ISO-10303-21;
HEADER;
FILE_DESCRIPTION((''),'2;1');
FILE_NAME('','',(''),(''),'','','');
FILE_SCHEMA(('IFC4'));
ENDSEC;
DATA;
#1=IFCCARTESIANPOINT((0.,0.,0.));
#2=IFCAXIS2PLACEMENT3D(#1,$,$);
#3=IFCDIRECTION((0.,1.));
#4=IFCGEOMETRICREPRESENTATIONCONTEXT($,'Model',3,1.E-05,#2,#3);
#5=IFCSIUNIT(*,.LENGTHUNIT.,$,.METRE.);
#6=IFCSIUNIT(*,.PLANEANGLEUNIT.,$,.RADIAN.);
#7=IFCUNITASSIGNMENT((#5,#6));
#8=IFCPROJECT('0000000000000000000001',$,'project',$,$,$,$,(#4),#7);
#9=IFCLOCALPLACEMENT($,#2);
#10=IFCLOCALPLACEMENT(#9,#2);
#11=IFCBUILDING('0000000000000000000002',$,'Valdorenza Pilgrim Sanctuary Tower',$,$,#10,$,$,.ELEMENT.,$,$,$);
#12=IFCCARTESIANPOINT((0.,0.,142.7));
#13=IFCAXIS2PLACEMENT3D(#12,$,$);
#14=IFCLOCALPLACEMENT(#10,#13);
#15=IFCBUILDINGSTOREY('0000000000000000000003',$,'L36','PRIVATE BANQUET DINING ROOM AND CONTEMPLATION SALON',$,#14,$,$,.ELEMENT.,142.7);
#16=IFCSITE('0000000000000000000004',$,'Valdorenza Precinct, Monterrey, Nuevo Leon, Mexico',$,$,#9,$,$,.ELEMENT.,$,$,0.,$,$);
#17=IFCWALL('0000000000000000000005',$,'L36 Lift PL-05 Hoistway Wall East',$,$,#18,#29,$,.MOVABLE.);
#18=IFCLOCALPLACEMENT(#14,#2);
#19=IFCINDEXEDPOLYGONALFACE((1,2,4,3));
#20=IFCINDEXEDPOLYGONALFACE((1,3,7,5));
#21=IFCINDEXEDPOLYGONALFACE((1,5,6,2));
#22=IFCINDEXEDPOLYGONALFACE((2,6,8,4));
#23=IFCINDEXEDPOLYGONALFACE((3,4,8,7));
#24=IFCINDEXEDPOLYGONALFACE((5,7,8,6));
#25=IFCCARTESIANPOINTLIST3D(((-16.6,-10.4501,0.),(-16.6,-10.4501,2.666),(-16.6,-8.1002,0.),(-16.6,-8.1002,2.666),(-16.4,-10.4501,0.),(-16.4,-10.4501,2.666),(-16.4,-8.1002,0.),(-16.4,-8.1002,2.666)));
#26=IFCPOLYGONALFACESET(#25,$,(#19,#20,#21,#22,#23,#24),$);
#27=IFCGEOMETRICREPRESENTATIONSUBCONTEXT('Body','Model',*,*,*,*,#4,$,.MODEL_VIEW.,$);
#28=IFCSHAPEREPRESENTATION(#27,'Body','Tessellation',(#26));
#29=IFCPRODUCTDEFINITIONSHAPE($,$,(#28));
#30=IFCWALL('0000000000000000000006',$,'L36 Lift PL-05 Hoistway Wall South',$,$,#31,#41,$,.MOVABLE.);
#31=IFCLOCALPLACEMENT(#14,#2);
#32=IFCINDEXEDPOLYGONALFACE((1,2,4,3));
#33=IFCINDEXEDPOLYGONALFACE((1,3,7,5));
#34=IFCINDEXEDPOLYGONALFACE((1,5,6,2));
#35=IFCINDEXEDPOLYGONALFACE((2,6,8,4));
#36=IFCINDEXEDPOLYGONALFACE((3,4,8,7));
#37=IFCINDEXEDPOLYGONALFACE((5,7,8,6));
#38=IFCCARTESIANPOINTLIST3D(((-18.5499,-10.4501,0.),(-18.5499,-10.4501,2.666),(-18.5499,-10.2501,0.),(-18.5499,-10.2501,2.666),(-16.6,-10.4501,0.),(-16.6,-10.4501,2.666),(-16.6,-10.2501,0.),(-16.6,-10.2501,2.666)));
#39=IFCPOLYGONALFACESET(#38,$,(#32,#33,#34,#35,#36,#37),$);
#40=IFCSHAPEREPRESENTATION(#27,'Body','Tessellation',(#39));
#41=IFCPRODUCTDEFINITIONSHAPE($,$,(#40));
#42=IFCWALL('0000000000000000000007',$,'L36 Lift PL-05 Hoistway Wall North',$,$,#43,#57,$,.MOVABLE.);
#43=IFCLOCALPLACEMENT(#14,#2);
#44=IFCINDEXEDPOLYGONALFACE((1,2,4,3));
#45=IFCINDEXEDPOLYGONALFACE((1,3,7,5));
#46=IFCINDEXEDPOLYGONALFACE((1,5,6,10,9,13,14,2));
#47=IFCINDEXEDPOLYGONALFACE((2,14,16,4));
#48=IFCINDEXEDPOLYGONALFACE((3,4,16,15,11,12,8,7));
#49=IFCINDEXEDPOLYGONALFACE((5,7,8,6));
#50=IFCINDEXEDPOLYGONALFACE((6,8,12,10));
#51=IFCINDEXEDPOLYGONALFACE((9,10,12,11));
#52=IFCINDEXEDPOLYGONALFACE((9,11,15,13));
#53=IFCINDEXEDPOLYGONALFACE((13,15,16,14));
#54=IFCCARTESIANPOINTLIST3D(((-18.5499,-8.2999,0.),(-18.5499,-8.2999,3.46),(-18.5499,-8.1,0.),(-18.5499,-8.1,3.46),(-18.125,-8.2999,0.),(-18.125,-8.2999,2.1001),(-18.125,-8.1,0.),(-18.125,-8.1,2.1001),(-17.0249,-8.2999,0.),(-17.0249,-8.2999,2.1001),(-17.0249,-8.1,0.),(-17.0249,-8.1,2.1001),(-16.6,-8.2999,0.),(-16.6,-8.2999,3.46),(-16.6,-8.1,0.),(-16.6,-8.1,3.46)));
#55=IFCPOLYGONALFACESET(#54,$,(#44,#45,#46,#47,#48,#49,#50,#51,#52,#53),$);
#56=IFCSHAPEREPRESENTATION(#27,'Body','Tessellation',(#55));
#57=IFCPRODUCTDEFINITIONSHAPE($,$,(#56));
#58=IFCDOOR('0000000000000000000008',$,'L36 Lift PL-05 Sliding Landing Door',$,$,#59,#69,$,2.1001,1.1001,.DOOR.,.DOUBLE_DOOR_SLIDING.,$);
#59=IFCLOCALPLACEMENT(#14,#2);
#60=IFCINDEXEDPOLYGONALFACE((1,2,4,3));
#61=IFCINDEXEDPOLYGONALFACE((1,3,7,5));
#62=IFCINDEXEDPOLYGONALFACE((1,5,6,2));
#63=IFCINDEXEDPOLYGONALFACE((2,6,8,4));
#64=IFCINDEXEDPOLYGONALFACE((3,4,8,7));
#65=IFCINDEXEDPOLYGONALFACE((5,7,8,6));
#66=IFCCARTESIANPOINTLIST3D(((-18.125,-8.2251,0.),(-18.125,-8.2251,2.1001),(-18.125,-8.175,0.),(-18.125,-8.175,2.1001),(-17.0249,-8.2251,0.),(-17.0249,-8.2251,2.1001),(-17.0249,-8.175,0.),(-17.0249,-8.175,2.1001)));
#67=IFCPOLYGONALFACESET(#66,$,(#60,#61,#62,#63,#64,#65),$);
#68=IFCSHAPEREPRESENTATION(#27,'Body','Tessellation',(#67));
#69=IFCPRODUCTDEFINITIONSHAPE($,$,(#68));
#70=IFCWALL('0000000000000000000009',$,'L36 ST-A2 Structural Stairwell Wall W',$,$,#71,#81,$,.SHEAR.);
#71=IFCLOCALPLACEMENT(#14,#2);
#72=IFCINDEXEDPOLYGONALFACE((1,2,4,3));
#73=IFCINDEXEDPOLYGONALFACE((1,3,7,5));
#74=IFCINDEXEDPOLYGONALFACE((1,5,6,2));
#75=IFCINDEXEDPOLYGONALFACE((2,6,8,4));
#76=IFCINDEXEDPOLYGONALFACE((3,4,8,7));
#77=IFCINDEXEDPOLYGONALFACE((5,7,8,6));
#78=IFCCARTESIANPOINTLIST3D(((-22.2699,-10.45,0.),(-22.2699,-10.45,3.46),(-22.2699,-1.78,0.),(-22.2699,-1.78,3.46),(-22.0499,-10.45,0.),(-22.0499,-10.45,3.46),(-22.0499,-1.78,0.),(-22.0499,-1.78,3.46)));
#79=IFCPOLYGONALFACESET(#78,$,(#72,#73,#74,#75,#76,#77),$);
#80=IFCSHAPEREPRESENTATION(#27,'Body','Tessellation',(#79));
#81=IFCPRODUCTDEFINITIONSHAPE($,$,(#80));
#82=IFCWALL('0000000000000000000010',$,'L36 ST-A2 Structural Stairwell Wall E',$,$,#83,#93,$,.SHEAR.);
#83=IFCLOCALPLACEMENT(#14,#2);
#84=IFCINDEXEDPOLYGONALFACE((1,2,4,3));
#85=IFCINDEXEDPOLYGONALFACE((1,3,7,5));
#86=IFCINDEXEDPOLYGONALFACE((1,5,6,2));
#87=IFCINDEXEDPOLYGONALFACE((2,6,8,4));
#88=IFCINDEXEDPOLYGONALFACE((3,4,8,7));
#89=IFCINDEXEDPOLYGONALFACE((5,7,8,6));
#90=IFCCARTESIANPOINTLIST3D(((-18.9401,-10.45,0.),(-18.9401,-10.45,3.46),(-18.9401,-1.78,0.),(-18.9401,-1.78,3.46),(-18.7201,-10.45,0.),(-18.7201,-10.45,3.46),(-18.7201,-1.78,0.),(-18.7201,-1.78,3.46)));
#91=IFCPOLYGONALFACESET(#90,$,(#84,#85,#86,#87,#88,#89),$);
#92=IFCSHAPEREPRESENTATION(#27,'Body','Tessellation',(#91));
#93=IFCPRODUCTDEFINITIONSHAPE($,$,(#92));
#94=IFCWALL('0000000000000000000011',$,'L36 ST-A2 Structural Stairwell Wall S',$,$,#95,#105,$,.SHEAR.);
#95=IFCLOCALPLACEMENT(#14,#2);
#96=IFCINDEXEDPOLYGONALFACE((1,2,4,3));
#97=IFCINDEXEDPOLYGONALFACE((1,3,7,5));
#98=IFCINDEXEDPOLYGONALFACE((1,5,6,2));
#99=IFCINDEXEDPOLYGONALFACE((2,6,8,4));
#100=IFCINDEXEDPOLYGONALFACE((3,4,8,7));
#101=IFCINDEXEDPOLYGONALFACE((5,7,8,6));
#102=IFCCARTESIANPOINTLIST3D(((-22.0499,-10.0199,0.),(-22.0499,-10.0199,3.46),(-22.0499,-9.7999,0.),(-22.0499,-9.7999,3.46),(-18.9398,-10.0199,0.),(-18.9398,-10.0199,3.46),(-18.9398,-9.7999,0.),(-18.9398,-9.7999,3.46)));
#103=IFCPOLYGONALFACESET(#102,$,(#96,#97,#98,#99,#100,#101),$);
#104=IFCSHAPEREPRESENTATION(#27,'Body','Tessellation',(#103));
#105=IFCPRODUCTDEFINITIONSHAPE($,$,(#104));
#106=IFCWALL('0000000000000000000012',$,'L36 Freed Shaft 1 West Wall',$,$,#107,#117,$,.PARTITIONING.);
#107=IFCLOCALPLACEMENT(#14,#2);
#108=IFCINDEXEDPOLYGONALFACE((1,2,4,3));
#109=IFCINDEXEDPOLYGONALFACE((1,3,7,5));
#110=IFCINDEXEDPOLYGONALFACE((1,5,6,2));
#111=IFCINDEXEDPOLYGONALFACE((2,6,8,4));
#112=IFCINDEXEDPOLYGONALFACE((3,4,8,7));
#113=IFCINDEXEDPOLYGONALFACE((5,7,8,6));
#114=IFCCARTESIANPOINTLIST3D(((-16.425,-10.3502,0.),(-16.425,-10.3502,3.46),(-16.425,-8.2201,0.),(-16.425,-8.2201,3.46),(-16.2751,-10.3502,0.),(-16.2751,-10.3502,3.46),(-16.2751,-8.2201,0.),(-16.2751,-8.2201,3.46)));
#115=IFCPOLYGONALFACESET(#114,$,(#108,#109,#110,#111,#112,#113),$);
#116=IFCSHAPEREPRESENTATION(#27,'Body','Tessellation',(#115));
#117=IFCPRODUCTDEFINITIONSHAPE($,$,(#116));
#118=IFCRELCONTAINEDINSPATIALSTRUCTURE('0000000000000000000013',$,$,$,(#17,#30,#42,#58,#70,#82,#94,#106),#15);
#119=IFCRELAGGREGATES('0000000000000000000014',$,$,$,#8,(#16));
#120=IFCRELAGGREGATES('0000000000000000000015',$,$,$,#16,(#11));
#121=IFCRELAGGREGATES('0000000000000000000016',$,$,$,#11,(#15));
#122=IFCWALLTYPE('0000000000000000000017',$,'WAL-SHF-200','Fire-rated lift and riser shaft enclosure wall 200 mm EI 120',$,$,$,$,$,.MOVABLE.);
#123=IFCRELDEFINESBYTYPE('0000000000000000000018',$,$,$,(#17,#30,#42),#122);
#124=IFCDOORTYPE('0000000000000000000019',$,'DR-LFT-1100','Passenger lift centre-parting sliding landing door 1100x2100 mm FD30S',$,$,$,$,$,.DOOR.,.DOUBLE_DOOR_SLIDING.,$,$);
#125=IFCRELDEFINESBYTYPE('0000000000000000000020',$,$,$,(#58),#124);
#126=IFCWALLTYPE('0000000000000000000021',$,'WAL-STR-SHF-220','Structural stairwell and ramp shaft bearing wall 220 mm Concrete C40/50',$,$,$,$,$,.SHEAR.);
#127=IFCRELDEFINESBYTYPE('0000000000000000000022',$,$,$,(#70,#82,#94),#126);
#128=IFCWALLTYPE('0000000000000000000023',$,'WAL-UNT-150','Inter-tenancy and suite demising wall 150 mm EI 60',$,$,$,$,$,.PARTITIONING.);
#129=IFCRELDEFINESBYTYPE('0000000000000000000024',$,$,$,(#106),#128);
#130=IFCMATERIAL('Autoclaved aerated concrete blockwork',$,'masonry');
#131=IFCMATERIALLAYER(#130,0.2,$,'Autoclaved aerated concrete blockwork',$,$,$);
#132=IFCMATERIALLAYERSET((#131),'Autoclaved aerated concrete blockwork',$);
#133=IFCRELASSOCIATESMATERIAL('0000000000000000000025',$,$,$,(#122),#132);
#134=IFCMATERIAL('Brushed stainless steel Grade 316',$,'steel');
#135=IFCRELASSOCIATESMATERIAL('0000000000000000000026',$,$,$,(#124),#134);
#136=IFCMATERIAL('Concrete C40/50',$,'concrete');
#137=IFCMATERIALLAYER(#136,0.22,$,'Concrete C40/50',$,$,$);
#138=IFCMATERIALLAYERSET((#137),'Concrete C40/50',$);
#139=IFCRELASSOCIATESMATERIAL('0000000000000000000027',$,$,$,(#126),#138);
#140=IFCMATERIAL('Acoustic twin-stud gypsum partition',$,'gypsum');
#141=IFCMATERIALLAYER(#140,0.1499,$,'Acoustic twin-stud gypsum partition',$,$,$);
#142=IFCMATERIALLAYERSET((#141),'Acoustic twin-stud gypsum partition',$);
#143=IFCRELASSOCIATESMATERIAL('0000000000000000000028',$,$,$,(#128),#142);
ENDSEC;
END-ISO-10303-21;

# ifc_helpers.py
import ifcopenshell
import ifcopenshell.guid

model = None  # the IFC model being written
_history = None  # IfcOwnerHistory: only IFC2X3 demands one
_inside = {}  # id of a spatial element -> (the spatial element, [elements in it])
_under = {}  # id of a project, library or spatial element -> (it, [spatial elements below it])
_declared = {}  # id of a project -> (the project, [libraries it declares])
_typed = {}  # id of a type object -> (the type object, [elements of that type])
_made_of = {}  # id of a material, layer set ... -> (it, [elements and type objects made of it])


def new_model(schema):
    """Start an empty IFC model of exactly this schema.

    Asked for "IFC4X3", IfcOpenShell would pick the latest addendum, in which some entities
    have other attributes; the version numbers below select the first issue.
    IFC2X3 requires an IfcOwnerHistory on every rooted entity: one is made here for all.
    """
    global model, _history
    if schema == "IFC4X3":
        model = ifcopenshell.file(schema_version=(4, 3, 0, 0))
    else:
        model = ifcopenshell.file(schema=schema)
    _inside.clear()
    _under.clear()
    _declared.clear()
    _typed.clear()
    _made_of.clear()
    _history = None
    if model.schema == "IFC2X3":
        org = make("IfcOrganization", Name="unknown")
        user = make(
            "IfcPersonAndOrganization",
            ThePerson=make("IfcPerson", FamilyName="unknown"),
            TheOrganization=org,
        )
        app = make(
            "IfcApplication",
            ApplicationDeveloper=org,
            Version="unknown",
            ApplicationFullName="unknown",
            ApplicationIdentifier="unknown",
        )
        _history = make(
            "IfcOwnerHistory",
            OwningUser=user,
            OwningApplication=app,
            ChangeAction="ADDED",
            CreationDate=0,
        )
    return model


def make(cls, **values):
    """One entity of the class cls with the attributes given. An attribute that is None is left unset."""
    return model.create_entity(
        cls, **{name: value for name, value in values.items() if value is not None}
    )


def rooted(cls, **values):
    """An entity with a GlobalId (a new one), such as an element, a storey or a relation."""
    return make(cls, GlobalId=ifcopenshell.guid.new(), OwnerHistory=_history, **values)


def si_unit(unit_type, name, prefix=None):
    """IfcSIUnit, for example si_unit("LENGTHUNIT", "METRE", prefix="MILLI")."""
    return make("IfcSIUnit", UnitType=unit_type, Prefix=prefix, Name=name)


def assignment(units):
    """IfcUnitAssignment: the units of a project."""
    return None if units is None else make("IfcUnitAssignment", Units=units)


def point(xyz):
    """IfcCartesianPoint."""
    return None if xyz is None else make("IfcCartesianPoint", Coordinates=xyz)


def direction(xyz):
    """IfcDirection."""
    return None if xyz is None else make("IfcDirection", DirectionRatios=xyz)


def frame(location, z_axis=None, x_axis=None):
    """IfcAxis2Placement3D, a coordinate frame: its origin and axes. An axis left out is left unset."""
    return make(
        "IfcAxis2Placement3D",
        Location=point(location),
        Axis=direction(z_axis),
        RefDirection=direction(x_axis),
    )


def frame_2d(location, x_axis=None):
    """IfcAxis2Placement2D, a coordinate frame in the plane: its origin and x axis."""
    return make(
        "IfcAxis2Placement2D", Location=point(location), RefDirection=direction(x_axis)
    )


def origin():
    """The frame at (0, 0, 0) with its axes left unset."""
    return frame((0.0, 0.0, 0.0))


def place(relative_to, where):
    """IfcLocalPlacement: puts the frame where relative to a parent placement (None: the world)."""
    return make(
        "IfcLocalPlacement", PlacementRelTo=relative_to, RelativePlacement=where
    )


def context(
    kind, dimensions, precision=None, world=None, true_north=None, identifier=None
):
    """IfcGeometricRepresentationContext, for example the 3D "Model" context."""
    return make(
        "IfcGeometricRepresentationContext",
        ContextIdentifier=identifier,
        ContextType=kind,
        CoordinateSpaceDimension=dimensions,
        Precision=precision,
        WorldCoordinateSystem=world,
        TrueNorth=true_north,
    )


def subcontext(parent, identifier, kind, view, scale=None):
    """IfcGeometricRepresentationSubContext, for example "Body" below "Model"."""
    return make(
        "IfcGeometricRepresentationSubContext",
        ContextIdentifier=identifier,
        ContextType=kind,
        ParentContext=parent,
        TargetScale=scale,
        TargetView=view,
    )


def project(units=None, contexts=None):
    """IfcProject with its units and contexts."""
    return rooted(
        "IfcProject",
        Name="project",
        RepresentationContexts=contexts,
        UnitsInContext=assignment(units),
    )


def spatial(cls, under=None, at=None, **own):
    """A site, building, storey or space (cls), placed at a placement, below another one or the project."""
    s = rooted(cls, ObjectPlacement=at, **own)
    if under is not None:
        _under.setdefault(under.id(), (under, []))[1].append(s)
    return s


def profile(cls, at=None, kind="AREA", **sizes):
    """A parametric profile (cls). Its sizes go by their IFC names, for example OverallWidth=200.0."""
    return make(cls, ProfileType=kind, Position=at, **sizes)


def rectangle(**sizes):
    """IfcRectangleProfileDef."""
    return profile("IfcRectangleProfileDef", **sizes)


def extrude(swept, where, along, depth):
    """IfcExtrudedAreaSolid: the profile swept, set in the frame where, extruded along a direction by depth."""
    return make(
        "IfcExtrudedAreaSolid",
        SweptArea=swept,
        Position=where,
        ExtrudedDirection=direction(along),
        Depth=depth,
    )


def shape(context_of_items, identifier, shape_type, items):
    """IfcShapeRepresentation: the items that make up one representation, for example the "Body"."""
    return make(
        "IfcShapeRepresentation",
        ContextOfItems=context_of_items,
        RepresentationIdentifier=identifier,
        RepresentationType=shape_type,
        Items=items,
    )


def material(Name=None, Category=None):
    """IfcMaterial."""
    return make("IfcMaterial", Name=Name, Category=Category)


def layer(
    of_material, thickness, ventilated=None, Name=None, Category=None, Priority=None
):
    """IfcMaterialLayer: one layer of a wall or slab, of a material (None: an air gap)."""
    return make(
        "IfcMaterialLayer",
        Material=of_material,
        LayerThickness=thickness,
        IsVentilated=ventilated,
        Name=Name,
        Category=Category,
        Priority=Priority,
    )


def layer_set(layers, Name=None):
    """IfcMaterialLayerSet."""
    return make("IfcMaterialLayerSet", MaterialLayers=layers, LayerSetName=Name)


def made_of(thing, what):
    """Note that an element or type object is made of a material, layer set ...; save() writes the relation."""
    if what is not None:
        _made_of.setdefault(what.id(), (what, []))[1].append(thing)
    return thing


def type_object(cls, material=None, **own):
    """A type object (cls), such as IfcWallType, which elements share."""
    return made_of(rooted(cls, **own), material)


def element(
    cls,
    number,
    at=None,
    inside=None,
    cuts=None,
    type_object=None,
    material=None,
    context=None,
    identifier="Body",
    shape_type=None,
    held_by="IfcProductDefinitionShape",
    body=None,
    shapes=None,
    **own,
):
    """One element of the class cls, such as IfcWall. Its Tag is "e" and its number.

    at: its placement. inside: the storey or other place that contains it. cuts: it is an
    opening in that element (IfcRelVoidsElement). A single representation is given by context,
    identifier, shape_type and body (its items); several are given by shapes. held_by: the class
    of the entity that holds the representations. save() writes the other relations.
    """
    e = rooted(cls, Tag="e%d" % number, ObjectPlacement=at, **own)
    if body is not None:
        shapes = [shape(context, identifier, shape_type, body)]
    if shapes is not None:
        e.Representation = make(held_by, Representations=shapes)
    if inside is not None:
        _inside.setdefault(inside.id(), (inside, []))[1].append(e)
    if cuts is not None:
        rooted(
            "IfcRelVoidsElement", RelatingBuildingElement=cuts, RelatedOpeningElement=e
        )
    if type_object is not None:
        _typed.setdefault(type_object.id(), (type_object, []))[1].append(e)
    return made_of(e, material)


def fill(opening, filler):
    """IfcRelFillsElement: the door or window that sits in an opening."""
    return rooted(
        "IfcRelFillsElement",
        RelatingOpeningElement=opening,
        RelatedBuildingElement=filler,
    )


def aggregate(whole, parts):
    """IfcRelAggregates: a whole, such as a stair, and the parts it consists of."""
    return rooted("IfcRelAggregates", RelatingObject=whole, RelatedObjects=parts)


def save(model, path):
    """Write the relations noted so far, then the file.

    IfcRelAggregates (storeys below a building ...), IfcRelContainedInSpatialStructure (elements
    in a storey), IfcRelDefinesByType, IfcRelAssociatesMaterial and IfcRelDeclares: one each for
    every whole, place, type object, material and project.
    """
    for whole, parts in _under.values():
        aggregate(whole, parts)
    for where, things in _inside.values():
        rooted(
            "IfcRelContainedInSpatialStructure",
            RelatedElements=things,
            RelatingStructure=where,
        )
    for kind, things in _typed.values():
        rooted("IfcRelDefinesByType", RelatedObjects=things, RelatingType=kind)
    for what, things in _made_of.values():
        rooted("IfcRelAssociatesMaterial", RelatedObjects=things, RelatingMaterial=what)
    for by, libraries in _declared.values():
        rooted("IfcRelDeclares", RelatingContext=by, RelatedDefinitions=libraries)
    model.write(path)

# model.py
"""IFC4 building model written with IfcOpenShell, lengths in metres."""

from ifc_helpers import new_model, si_unit, direction, frame, frame_2d, origin, place, context, subcontext, project, spatial, rectangle, extrude, material, layer, layer_set, type_object, element, fill, save


model = new_model("IFC4")

# Units and contexts
model_context = context("Model", 3, precision=1e-05, world=origin(), true_north=direction((0.0, 1.0)))
body_context = subcontext(model_context, "Body", "Model", "MODEL_VIEW")
ifc_project = project(units=[si_unit("LENGTHUNIT", "METRE"), si_unit("PLANEANGLEUNIT", "RADIAN")], contexts=[model_context])

# Site, building, storey
site_placement = place(None, origin())
site = spatial("IfcSite", under=ifc_project, at=site_placement, Name="Valdorenza Precinct, Monterrey, Nuevo Leon, Mexico", CompositionType="ELEMENT", RefElevation=0.0)
building_placement = place(site_placement, origin())
building = spatial("IfcBuilding", under=site, at=building_placement, Name="Valdorenza Pilgrim Sanctuary Tower", CompositionType="ELEMENT")
storey_placement = place(building_placement, frame((0.0, 0.0, 142.7)))
storey = spatial("IfcBuildingStorey", under=building, at=storey_placement, Name="L36", Description="PRIVATE BANQUET DINING ROOM AND CONTEMPLATION SALON", CompositionType="ELEMENT", Elevation=142.7)

# Shared definitions
ifc_material_1 = material(Name="Acoustic twin-stud gypsum partition", Category="gypsum")

# Walls
ifc_material_2 = material(Name="Autoclaved aerated concrete blockwork", Category="masonry")
ifc_layer_1 = layer(ifc_material_2, 0.2, Name="Autoclaved aerated concrete blockwork")
ifc_layer_set_1 = layer_set([ifc_layer_1], Name="Autoclaved aerated concrete blockwork")
wall_type_1 = type_object("IfcWallType", Name="WAL-SHF-200", Description="Fire-rated lift and riser shaft enclosure wall 200 mm EI 120", PredefinedType="MOVABLE", material=ifc_layer_set_1)
for number, where, z_axis, x_axis, name in (
    (1, (-16.5, -10.45, 0.0), (0.0, 0.0, 1.0), (0.0, 1.0, 0.0), "L36 Lift PL-05 Hoistway Wall East"),
):
    element("IfcWall", number, at=place(storey_placement, frame(where, z_axis=z_axis, x_axis=x_axis)), inside=storey, type_object=wall_type_1, Name=name, PredefinedType="MOVABLE", context=body_context, shape_type="SweptSolid", body=[
        extrude(rectangle(XDim=2.3499, YDim=0.2, at=frame_2d((1.1748, 0.0))), origin(), (0.0, 0.0, 1.0), 2.666),
    ])
wall_1_placement = place(storey_placement, frame((-18.55, -10.3501, 0.0), z_axis=(0.0, 0.0, 1.0), x_axis=(1.0, 0.0, 0.0)))
element("IfcWall", 2, at=wall_1_placement, inside=storey, type_object=wall_type_1, Name="L36 Lift PL-05 Hoistway Wall South", PredefinedType="MOVABLE", context=body_context, shape_type="SweptSolid", body=[
    extrude(rectangle(XDim=1.95, YDim=0.2, at=frame_2d((0.9751, 0.0))), origin(), (0.0, 0.0, 1.0), 2.666),
])

# Wall, opening, door
wall_2_placement = place(storey_placement, frame((-18.55, -8.2, 0.0), z_axis=(0.0, 0.0, 1.0), x_axis=(1.0, 0.0, 0.0)))
wall_2 = element("IfcWall", 3, at=wall_2_placement, inside=storey, type_object=wall_type_1, Name="L36 Lift PL-05 Hoistway Wall North", PredefinedType="MOVABLE", context=body_context, shape_type="SweptSolid", body=[
    extrude(rectangle(XDim=1.95, YDim=0.2, at=frame_2d((0.9751, 0.0))), origin(), (0.0, 0.0, 1.0), 3.46),
])
opening_1_placement = place(wall_2_placement, frame((0.425, 0.0, 0.0)))
opening_1 = element("IfcOpeningElement", 4, at=opening_1_placement, cuts=wall_2, PredefinedType="OPENING", context=body_context, shape_type="SweptSolid", body=[
    extrude(rectangle(XDim=1.1001, YDim=2.1001, at=frame_2d((0.55, 1.05))), frame((0.0, 0.1147, 0.0), z_axis=(0.0, -1.0, 0.0), x_axis=(1.0, 0.0, 0.0)), (0.0, 0.0, 1.0), 0.2297),
])
ifc_material_3 = material(Name="Brushed stainless steel Grade 316", Category="steel")
door_type_1 = type_object("IfcDoorType", Name="DR-LFT-1100", Description="Passenger lift centre-parting sliding landing door 1100x2100 mm FD30S", OperationType="DOUBLE_DOOR_SLIDING", PredefinedType="DOOR", material=ifc_material_3)
door_1_placement = place(opening_1_placement, origin())
door_1 = element("IfcDoor", 5, at=door_1_placement, inside=storey, type_object=door_type_1, Name="L36 Lift PL-05 Sliding Landing Door", OperationType="DOUBLE_DOOR_SLIDING", OverallHeight=2.1001, OverallWidth=1.1001, PredefinedType="DOOR", context=body_context, shape_type="SweptSolid", body=[
    extrude(rectangle(XDim=1.1001, YDim=2.1001, at=frame_2d((0.55, 1.05))), frame((0.0, 0.0249, 0.0), z_axis=(0.0, -1.0, 0.0), x_axis=(1.0, 0.0, 0.0)), (0.0, 0.0, 1.0), 0.05),
])
fill(opening_1, door_1)

# Walls
ifc_material_4 = material(Name="Concrete C40/50", Category="concrete")
ifc_layer_2 = layer(ifc_material_4, 0.22, Name="Concrete C40/50")
ifc_layer_set_2 = layer_set([ifc_layer_2], Name="Concrete C40/50")
wall_type_2 = type_object("IfcWallType", Name="WAL-STR-SHF-220", Description="Structural stairwell and ramp shaft bearing wall 220 mm Concrete C40/50", PredefinedType="SHEAR", material=ifc_layer_set_2)
for number, where, z_axis, x_axis, name in (
    (6, (-22.1599, -10.45, 0.0), (0.0, 0.0, 1.0), (0.0, 1.0, 0.0), "L36 ST-A2 Structural Stairwell Wall W"),
    (7, (-18.8301, -10.45, 0.0), (0.0, 0.0, 1.0), (0.0, 1.0, 0.0), "L36 ST-A2 Structural Stairwell Wall E"),
):
    element("IfcWall", number, at=place(storey_placement, frame(where, z_axis=z_axis, x_axis=x_axis)), inside=storey, type_object=wall_type_2, Name=name, PredefinedType="SHEAR", context=body_context, shape_type="SweptSolid", body=[
        extrude(rectangle(XDim=8.6699, YDim=0.22, at=frame_2d((4.335, 0.0))), origin(), (0.0, 0.0, 1.0), 3.46),
    ])
wall_3_placement = place(storey_placement, frame((-22.05, -9.9099, 0.0), z_axis=(0.0, 0.0, 1.0), x_axis=(1.0, 0.0, 0.0)))
element("IfcWall", 8, at=wall_3_placement, inside=storey, type_object=wall_type_2, Name="L36 ST-A2 Structural Stairwell Wall S", PredefinedType="SHEAR", context=body_context, shape_type="SweptSolid", body=[
    extrude(rectangle(XDim=3.1101, YDim=0.22, at=frame_2d((1.5552, 0.0))), origin(), (0.0, 0.0, 1.0), 3.46),
])
ifc_layer_3 = layer(ifc_material_1, 0.1499, Name="Acoustic twin-stud gypsum partition")
ifc_layer_set_3 = layer_set([ifc_layer_3], Name="Acoustic twin-stud gypsum partition")
wall_type_3 = type_object("IfcWallType", Name="WAL-UNT-150", Description="Inter-tenancy and suite demising wall 150 mm EI 60", PredefinedType="PARTITIONING", material=ifc_layer_set_3)
wall_4_placement = place(storey_placement, frame((-16.3501, -10.3501, 0.0), z_axis=(0.0, 0.0, 1.0), x_axis=(0.0, 1.0, 0.0)))
element("IfcWall", 9, at=wall_4_placement, inside=storey, type_object=wall_type_3, Name="L36 Freed Shaft 1 West Wall", PredefinedType="PARTITIONING", context=body_context, shape_type="SweptSolid", body=[
    extrude(rectangle(XDim=2.1301, YDim=0.1499, at=frame_2d((1.0649, 0.0))), origin(), (0.0, 0.0, 1.0), 3.46),
])

save(model, "model.ifc")
